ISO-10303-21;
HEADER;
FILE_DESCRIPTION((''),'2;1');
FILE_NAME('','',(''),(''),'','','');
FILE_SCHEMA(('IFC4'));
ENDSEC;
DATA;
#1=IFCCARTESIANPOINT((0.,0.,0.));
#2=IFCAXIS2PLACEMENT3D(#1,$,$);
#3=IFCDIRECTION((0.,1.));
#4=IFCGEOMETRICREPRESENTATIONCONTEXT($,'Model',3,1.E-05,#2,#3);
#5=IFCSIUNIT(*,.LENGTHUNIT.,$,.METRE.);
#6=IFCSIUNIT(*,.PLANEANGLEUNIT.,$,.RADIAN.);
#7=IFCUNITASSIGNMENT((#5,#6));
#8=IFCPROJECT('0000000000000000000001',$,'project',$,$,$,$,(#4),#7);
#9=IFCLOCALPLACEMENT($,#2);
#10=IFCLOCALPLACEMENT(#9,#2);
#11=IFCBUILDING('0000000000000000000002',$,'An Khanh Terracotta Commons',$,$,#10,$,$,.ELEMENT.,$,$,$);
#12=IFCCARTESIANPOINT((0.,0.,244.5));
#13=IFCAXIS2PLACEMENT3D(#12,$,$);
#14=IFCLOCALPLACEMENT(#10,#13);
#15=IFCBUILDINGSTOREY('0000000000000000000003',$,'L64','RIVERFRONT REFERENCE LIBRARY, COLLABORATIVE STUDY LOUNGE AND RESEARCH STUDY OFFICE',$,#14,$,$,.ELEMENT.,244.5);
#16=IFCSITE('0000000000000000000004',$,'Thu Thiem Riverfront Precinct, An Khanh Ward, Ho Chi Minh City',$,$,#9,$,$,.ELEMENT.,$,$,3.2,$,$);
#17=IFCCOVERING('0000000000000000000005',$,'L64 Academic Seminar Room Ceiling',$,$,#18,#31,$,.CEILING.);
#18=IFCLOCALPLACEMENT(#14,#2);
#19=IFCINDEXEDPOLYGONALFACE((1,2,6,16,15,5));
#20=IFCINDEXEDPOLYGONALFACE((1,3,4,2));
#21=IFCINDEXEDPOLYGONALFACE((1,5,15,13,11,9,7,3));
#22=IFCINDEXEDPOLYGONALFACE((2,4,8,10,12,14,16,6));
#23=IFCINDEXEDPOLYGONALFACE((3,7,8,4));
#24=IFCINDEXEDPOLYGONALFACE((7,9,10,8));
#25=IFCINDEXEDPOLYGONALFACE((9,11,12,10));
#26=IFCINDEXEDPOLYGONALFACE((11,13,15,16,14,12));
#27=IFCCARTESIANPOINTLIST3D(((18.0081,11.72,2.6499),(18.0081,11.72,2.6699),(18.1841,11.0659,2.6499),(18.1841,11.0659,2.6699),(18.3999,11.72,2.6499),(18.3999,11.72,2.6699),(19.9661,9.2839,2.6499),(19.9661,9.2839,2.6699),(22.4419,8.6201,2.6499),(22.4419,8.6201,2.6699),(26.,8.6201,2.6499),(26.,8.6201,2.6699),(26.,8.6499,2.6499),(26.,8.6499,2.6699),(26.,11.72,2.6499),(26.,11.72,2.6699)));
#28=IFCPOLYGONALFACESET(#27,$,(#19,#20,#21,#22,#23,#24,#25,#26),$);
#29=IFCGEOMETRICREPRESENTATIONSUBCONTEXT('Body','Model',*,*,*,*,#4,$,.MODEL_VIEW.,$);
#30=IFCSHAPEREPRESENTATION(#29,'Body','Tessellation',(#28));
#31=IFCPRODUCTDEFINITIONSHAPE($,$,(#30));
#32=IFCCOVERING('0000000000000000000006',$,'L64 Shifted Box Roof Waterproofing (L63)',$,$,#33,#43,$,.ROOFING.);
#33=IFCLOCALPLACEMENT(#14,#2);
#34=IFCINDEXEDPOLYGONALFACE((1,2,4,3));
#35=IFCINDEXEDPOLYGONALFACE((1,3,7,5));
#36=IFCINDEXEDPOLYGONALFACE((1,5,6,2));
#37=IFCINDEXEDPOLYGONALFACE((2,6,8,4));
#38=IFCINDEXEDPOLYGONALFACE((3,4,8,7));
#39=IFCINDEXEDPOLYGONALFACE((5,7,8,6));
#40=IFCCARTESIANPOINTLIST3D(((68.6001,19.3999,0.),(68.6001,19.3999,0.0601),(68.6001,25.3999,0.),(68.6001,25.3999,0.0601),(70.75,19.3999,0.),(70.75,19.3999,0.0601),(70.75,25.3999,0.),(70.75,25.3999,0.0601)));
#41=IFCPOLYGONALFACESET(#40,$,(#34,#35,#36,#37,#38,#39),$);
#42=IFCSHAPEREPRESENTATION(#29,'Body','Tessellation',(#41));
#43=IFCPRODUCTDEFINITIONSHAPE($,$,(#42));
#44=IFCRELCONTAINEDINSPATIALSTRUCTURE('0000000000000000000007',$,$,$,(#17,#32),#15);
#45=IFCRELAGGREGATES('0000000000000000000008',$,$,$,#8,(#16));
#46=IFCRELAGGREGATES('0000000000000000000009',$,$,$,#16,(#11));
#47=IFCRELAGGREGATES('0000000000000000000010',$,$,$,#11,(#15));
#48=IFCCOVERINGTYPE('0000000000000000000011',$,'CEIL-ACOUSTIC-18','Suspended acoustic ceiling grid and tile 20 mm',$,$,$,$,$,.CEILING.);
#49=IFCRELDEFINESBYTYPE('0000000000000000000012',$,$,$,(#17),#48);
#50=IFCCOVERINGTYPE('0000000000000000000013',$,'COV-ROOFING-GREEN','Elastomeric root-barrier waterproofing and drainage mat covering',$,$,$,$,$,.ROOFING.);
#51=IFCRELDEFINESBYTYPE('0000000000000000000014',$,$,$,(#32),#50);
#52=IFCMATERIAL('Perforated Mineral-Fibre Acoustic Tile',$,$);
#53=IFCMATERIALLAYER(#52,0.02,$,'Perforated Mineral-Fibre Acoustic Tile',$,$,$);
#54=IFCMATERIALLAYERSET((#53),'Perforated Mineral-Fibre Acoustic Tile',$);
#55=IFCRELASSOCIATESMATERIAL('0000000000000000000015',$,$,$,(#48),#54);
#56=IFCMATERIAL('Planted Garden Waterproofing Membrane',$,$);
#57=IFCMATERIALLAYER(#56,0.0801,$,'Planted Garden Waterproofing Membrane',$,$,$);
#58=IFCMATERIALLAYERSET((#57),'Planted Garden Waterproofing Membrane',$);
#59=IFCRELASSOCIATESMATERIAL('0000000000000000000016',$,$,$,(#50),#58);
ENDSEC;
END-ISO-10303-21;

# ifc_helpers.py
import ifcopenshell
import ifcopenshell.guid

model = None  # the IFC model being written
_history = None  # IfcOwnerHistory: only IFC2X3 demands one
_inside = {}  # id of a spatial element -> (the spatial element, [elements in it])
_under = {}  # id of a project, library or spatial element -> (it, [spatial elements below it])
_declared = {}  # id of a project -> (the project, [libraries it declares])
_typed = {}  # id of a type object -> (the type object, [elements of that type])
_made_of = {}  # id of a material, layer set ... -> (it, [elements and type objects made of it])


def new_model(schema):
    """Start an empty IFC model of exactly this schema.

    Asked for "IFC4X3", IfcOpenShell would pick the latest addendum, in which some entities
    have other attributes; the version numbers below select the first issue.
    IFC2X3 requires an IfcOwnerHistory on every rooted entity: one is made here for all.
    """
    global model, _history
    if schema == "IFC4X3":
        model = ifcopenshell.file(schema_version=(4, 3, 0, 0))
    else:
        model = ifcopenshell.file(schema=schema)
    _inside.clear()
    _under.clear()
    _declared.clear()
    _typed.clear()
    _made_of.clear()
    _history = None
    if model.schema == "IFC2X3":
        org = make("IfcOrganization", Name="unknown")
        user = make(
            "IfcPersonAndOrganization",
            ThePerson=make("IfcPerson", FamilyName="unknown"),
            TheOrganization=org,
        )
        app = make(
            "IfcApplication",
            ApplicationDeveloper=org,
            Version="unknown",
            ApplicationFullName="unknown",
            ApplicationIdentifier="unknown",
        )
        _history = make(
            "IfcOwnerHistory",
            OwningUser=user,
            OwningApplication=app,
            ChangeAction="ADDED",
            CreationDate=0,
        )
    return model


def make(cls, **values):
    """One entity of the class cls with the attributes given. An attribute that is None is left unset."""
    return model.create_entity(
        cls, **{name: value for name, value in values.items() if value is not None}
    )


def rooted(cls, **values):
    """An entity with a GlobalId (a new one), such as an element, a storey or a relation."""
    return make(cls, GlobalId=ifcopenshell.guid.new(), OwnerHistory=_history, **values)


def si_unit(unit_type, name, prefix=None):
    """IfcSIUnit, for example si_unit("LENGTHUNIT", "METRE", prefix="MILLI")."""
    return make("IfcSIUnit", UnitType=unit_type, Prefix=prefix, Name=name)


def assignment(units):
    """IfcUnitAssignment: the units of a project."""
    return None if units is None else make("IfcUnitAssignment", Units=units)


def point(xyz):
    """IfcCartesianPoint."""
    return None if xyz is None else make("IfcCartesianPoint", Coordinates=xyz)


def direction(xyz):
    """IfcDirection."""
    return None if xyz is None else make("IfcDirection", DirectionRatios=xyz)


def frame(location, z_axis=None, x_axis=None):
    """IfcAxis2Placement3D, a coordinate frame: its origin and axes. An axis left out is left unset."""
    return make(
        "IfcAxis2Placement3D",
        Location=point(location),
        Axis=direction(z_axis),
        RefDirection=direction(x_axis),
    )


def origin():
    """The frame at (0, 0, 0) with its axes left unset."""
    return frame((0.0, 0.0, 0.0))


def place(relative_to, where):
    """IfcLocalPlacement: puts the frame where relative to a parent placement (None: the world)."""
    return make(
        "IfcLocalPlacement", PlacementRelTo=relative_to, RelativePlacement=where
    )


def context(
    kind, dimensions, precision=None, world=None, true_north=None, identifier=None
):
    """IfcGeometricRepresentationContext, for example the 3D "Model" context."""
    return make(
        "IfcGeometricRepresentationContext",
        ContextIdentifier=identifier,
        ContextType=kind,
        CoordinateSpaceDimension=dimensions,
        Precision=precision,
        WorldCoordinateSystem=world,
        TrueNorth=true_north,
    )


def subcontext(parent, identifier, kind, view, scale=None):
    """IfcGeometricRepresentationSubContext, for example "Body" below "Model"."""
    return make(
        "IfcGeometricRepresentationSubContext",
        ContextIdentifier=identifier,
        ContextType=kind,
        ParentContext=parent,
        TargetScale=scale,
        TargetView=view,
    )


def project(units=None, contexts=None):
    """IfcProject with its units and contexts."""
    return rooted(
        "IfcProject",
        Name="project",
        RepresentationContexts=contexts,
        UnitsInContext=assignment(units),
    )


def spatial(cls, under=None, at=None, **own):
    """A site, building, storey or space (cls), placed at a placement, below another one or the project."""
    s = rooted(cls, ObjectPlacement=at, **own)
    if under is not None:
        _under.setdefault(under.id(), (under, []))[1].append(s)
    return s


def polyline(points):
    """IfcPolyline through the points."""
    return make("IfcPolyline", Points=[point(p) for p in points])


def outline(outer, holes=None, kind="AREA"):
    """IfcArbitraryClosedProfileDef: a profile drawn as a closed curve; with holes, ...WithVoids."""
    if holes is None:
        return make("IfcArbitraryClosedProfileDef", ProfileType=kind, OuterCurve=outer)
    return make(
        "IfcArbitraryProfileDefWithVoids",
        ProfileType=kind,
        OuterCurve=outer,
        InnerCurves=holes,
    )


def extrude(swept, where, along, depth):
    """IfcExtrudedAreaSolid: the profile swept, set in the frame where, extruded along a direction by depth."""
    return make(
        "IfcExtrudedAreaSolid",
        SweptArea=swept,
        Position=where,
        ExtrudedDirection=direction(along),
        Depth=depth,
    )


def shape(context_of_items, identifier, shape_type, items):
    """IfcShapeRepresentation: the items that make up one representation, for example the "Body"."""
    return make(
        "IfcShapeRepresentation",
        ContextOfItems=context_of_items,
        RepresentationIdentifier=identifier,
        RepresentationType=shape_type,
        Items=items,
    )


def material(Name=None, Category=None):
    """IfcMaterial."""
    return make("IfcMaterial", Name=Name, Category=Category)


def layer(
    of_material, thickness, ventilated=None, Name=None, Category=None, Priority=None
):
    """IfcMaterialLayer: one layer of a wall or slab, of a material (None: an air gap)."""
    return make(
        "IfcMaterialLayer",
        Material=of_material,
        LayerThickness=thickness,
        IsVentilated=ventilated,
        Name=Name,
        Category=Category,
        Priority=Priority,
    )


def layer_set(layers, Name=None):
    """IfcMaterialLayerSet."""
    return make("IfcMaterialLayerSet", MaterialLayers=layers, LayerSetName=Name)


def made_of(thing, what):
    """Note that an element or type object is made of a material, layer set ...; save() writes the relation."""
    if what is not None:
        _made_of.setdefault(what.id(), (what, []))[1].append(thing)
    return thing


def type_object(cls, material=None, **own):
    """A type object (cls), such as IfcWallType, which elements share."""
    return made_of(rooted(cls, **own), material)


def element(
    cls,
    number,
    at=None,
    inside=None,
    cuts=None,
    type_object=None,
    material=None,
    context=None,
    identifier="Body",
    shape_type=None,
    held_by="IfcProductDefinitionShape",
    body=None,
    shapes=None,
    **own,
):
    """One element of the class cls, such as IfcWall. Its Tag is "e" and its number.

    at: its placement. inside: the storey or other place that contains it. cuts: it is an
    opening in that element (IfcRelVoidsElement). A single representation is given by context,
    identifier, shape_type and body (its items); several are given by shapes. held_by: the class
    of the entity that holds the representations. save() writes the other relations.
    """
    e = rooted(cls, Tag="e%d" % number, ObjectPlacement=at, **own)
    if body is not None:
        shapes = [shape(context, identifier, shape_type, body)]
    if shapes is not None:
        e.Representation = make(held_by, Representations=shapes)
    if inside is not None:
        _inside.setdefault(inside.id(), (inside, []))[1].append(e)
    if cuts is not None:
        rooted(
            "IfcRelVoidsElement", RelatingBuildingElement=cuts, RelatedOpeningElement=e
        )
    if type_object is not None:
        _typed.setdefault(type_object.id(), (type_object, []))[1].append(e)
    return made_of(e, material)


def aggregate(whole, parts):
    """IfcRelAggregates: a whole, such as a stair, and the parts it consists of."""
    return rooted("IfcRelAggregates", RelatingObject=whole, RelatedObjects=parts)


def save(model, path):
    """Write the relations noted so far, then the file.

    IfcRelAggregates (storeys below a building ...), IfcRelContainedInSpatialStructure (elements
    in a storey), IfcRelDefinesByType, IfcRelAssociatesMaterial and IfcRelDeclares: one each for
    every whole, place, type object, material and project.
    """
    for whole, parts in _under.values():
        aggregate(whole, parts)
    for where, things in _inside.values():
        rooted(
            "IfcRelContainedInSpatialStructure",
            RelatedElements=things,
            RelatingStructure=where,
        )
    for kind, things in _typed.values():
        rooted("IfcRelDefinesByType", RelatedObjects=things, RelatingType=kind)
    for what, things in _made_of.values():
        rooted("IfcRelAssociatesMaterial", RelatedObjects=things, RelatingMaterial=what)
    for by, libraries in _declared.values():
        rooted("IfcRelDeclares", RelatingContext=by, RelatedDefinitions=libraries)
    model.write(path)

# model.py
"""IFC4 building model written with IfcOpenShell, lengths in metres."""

from ifc_helpers import new_model, si_unit, direction, frame, origin, place, context, subcontext, project, spatial, polyline, outline, extrude, material, layer, layer_set, type_object, element, save


model = new_model("IFC4")

# Units and contexts
model_context = context("Model", 3, precision=1e-05, world=origin(), true_north=direction((0.0, 1.0)))
body_context = subcontext(model_context, "Body", "Model", "MODEL_VIEW")
ifc_project = project(units=[si_unit("LENGTHUNIT", "METRE"), si_unit("PLANEANGLEUNIT", "RADIAN")], contexts=[model_context])

# Site, building, storey
site_placement = place(None, origin())
site = spatial("IfcSite", under=ifc_project, at=site_placement, Name="Thu Thiem Riverfront Precinct, An Khanh Ward, Ho Chi Minh City", CompositionType="ELEMENT", RefElevation=3.2)
building_placement = place(site_placement, origin())
building = spatial("IfcBuilding", under=site, at=building_placement, Name="An Khanh Terracotta Commons", CompositionType="ELEMENT")
storey_placement = place(building_placement, frame((0.0, 0.0, 244.5)))
storey = spatial("IfcBuildingStorey", under=building, at=storey_placement, Name="L64", Description="RIVERFRONT REFERENCE LIBRARY, COLLABORATIVE STUDY LOUNGE AND RESEARCH STUDY OFFICE", CompositionType="ELEMENT", Elevation=244.5)

# Coverings
ifc_material_1 = material(Name="Perforated Mineral-Fibre Acoustic Tile")
ifc_layer_1 = layer(ifc_material_1, 0.02, Name="Perforated Mineral-Fibre Acoustic Tile")
ifc_layer_set_1 = layer_set([ifc_layer_1], Name="Perforated Mineral-Fibre Acoustic Tile")
covering_type_1 = type_object("IfcCoveringType", Name="CEIL-ACOUSTIC-18", Description="Suspended acoustic ceiling grid and tile 20 mm", PredefinedType="CEILING", material=ifc_layer_set_1)
covering_1_placement = place(storey_placement, frame((0.0, 0.0, 2.6499)))
element("IfcCovering", 1, at=covering_1_placement, inside=storey, type_object=covering_type_1, Name="L64 Academic Seminar Room Ceiling", PredefinedType="CEILING", context=body_context, shape_type="SweptSolid", body=[
    extrude(outline(polyline([(22.4419, 8.6201), (19.9661, 9.2839), (18.1841, 11.0659), (18.0081, 11.72), (18.3999, 11.72), (26.0, 11.72), (26.0, 8.6499), (26.0, 8.6201), (22.4419, 8.6201)])), origin(), (0.0, 0.0, 1.0), 0.02),
])
ifc_material_2 = material(Name="Planted Garden Waterproofing Membrane")
ifc_layer_2 = layer(ifc_material_2, 0.0801, Name="Planted Garden Waterproofing Membrane")
ifc_layer_set_2 = layer_set([ifc_layer_2], Name="Planted Garden Waterproofing Membrane")
covering_type_2 = type_object("IfcCoveringType", Name="COV-ROOFING-GREEN", Description="Elastomeric root-barrier waterproofing and drainage mat covering", PredefinedType="ROOFING", material=ifc_layer_set_2)
covering_2_placement = place(storey_placement, origin())
element("IfcCovering", 2, at=covering_2_placement, inside=storey, type_object=covering_type_2, Name="L64 Shifted Box Roof Waterproofing (L63)", PredefinedType="ROOFING", context=body_context, shape_type="SweptSolid", body=[
    extrude(outline(polyline([(68.6001, 19.3999), (70.75, 19.3999), (70.75, 25.3999), (68.6001, 25.3999), (68.6001, 19.3999)])), origin(), (0.0, 0.0, 1.0), 0.0601),
])

save(model, "model.ifc")
